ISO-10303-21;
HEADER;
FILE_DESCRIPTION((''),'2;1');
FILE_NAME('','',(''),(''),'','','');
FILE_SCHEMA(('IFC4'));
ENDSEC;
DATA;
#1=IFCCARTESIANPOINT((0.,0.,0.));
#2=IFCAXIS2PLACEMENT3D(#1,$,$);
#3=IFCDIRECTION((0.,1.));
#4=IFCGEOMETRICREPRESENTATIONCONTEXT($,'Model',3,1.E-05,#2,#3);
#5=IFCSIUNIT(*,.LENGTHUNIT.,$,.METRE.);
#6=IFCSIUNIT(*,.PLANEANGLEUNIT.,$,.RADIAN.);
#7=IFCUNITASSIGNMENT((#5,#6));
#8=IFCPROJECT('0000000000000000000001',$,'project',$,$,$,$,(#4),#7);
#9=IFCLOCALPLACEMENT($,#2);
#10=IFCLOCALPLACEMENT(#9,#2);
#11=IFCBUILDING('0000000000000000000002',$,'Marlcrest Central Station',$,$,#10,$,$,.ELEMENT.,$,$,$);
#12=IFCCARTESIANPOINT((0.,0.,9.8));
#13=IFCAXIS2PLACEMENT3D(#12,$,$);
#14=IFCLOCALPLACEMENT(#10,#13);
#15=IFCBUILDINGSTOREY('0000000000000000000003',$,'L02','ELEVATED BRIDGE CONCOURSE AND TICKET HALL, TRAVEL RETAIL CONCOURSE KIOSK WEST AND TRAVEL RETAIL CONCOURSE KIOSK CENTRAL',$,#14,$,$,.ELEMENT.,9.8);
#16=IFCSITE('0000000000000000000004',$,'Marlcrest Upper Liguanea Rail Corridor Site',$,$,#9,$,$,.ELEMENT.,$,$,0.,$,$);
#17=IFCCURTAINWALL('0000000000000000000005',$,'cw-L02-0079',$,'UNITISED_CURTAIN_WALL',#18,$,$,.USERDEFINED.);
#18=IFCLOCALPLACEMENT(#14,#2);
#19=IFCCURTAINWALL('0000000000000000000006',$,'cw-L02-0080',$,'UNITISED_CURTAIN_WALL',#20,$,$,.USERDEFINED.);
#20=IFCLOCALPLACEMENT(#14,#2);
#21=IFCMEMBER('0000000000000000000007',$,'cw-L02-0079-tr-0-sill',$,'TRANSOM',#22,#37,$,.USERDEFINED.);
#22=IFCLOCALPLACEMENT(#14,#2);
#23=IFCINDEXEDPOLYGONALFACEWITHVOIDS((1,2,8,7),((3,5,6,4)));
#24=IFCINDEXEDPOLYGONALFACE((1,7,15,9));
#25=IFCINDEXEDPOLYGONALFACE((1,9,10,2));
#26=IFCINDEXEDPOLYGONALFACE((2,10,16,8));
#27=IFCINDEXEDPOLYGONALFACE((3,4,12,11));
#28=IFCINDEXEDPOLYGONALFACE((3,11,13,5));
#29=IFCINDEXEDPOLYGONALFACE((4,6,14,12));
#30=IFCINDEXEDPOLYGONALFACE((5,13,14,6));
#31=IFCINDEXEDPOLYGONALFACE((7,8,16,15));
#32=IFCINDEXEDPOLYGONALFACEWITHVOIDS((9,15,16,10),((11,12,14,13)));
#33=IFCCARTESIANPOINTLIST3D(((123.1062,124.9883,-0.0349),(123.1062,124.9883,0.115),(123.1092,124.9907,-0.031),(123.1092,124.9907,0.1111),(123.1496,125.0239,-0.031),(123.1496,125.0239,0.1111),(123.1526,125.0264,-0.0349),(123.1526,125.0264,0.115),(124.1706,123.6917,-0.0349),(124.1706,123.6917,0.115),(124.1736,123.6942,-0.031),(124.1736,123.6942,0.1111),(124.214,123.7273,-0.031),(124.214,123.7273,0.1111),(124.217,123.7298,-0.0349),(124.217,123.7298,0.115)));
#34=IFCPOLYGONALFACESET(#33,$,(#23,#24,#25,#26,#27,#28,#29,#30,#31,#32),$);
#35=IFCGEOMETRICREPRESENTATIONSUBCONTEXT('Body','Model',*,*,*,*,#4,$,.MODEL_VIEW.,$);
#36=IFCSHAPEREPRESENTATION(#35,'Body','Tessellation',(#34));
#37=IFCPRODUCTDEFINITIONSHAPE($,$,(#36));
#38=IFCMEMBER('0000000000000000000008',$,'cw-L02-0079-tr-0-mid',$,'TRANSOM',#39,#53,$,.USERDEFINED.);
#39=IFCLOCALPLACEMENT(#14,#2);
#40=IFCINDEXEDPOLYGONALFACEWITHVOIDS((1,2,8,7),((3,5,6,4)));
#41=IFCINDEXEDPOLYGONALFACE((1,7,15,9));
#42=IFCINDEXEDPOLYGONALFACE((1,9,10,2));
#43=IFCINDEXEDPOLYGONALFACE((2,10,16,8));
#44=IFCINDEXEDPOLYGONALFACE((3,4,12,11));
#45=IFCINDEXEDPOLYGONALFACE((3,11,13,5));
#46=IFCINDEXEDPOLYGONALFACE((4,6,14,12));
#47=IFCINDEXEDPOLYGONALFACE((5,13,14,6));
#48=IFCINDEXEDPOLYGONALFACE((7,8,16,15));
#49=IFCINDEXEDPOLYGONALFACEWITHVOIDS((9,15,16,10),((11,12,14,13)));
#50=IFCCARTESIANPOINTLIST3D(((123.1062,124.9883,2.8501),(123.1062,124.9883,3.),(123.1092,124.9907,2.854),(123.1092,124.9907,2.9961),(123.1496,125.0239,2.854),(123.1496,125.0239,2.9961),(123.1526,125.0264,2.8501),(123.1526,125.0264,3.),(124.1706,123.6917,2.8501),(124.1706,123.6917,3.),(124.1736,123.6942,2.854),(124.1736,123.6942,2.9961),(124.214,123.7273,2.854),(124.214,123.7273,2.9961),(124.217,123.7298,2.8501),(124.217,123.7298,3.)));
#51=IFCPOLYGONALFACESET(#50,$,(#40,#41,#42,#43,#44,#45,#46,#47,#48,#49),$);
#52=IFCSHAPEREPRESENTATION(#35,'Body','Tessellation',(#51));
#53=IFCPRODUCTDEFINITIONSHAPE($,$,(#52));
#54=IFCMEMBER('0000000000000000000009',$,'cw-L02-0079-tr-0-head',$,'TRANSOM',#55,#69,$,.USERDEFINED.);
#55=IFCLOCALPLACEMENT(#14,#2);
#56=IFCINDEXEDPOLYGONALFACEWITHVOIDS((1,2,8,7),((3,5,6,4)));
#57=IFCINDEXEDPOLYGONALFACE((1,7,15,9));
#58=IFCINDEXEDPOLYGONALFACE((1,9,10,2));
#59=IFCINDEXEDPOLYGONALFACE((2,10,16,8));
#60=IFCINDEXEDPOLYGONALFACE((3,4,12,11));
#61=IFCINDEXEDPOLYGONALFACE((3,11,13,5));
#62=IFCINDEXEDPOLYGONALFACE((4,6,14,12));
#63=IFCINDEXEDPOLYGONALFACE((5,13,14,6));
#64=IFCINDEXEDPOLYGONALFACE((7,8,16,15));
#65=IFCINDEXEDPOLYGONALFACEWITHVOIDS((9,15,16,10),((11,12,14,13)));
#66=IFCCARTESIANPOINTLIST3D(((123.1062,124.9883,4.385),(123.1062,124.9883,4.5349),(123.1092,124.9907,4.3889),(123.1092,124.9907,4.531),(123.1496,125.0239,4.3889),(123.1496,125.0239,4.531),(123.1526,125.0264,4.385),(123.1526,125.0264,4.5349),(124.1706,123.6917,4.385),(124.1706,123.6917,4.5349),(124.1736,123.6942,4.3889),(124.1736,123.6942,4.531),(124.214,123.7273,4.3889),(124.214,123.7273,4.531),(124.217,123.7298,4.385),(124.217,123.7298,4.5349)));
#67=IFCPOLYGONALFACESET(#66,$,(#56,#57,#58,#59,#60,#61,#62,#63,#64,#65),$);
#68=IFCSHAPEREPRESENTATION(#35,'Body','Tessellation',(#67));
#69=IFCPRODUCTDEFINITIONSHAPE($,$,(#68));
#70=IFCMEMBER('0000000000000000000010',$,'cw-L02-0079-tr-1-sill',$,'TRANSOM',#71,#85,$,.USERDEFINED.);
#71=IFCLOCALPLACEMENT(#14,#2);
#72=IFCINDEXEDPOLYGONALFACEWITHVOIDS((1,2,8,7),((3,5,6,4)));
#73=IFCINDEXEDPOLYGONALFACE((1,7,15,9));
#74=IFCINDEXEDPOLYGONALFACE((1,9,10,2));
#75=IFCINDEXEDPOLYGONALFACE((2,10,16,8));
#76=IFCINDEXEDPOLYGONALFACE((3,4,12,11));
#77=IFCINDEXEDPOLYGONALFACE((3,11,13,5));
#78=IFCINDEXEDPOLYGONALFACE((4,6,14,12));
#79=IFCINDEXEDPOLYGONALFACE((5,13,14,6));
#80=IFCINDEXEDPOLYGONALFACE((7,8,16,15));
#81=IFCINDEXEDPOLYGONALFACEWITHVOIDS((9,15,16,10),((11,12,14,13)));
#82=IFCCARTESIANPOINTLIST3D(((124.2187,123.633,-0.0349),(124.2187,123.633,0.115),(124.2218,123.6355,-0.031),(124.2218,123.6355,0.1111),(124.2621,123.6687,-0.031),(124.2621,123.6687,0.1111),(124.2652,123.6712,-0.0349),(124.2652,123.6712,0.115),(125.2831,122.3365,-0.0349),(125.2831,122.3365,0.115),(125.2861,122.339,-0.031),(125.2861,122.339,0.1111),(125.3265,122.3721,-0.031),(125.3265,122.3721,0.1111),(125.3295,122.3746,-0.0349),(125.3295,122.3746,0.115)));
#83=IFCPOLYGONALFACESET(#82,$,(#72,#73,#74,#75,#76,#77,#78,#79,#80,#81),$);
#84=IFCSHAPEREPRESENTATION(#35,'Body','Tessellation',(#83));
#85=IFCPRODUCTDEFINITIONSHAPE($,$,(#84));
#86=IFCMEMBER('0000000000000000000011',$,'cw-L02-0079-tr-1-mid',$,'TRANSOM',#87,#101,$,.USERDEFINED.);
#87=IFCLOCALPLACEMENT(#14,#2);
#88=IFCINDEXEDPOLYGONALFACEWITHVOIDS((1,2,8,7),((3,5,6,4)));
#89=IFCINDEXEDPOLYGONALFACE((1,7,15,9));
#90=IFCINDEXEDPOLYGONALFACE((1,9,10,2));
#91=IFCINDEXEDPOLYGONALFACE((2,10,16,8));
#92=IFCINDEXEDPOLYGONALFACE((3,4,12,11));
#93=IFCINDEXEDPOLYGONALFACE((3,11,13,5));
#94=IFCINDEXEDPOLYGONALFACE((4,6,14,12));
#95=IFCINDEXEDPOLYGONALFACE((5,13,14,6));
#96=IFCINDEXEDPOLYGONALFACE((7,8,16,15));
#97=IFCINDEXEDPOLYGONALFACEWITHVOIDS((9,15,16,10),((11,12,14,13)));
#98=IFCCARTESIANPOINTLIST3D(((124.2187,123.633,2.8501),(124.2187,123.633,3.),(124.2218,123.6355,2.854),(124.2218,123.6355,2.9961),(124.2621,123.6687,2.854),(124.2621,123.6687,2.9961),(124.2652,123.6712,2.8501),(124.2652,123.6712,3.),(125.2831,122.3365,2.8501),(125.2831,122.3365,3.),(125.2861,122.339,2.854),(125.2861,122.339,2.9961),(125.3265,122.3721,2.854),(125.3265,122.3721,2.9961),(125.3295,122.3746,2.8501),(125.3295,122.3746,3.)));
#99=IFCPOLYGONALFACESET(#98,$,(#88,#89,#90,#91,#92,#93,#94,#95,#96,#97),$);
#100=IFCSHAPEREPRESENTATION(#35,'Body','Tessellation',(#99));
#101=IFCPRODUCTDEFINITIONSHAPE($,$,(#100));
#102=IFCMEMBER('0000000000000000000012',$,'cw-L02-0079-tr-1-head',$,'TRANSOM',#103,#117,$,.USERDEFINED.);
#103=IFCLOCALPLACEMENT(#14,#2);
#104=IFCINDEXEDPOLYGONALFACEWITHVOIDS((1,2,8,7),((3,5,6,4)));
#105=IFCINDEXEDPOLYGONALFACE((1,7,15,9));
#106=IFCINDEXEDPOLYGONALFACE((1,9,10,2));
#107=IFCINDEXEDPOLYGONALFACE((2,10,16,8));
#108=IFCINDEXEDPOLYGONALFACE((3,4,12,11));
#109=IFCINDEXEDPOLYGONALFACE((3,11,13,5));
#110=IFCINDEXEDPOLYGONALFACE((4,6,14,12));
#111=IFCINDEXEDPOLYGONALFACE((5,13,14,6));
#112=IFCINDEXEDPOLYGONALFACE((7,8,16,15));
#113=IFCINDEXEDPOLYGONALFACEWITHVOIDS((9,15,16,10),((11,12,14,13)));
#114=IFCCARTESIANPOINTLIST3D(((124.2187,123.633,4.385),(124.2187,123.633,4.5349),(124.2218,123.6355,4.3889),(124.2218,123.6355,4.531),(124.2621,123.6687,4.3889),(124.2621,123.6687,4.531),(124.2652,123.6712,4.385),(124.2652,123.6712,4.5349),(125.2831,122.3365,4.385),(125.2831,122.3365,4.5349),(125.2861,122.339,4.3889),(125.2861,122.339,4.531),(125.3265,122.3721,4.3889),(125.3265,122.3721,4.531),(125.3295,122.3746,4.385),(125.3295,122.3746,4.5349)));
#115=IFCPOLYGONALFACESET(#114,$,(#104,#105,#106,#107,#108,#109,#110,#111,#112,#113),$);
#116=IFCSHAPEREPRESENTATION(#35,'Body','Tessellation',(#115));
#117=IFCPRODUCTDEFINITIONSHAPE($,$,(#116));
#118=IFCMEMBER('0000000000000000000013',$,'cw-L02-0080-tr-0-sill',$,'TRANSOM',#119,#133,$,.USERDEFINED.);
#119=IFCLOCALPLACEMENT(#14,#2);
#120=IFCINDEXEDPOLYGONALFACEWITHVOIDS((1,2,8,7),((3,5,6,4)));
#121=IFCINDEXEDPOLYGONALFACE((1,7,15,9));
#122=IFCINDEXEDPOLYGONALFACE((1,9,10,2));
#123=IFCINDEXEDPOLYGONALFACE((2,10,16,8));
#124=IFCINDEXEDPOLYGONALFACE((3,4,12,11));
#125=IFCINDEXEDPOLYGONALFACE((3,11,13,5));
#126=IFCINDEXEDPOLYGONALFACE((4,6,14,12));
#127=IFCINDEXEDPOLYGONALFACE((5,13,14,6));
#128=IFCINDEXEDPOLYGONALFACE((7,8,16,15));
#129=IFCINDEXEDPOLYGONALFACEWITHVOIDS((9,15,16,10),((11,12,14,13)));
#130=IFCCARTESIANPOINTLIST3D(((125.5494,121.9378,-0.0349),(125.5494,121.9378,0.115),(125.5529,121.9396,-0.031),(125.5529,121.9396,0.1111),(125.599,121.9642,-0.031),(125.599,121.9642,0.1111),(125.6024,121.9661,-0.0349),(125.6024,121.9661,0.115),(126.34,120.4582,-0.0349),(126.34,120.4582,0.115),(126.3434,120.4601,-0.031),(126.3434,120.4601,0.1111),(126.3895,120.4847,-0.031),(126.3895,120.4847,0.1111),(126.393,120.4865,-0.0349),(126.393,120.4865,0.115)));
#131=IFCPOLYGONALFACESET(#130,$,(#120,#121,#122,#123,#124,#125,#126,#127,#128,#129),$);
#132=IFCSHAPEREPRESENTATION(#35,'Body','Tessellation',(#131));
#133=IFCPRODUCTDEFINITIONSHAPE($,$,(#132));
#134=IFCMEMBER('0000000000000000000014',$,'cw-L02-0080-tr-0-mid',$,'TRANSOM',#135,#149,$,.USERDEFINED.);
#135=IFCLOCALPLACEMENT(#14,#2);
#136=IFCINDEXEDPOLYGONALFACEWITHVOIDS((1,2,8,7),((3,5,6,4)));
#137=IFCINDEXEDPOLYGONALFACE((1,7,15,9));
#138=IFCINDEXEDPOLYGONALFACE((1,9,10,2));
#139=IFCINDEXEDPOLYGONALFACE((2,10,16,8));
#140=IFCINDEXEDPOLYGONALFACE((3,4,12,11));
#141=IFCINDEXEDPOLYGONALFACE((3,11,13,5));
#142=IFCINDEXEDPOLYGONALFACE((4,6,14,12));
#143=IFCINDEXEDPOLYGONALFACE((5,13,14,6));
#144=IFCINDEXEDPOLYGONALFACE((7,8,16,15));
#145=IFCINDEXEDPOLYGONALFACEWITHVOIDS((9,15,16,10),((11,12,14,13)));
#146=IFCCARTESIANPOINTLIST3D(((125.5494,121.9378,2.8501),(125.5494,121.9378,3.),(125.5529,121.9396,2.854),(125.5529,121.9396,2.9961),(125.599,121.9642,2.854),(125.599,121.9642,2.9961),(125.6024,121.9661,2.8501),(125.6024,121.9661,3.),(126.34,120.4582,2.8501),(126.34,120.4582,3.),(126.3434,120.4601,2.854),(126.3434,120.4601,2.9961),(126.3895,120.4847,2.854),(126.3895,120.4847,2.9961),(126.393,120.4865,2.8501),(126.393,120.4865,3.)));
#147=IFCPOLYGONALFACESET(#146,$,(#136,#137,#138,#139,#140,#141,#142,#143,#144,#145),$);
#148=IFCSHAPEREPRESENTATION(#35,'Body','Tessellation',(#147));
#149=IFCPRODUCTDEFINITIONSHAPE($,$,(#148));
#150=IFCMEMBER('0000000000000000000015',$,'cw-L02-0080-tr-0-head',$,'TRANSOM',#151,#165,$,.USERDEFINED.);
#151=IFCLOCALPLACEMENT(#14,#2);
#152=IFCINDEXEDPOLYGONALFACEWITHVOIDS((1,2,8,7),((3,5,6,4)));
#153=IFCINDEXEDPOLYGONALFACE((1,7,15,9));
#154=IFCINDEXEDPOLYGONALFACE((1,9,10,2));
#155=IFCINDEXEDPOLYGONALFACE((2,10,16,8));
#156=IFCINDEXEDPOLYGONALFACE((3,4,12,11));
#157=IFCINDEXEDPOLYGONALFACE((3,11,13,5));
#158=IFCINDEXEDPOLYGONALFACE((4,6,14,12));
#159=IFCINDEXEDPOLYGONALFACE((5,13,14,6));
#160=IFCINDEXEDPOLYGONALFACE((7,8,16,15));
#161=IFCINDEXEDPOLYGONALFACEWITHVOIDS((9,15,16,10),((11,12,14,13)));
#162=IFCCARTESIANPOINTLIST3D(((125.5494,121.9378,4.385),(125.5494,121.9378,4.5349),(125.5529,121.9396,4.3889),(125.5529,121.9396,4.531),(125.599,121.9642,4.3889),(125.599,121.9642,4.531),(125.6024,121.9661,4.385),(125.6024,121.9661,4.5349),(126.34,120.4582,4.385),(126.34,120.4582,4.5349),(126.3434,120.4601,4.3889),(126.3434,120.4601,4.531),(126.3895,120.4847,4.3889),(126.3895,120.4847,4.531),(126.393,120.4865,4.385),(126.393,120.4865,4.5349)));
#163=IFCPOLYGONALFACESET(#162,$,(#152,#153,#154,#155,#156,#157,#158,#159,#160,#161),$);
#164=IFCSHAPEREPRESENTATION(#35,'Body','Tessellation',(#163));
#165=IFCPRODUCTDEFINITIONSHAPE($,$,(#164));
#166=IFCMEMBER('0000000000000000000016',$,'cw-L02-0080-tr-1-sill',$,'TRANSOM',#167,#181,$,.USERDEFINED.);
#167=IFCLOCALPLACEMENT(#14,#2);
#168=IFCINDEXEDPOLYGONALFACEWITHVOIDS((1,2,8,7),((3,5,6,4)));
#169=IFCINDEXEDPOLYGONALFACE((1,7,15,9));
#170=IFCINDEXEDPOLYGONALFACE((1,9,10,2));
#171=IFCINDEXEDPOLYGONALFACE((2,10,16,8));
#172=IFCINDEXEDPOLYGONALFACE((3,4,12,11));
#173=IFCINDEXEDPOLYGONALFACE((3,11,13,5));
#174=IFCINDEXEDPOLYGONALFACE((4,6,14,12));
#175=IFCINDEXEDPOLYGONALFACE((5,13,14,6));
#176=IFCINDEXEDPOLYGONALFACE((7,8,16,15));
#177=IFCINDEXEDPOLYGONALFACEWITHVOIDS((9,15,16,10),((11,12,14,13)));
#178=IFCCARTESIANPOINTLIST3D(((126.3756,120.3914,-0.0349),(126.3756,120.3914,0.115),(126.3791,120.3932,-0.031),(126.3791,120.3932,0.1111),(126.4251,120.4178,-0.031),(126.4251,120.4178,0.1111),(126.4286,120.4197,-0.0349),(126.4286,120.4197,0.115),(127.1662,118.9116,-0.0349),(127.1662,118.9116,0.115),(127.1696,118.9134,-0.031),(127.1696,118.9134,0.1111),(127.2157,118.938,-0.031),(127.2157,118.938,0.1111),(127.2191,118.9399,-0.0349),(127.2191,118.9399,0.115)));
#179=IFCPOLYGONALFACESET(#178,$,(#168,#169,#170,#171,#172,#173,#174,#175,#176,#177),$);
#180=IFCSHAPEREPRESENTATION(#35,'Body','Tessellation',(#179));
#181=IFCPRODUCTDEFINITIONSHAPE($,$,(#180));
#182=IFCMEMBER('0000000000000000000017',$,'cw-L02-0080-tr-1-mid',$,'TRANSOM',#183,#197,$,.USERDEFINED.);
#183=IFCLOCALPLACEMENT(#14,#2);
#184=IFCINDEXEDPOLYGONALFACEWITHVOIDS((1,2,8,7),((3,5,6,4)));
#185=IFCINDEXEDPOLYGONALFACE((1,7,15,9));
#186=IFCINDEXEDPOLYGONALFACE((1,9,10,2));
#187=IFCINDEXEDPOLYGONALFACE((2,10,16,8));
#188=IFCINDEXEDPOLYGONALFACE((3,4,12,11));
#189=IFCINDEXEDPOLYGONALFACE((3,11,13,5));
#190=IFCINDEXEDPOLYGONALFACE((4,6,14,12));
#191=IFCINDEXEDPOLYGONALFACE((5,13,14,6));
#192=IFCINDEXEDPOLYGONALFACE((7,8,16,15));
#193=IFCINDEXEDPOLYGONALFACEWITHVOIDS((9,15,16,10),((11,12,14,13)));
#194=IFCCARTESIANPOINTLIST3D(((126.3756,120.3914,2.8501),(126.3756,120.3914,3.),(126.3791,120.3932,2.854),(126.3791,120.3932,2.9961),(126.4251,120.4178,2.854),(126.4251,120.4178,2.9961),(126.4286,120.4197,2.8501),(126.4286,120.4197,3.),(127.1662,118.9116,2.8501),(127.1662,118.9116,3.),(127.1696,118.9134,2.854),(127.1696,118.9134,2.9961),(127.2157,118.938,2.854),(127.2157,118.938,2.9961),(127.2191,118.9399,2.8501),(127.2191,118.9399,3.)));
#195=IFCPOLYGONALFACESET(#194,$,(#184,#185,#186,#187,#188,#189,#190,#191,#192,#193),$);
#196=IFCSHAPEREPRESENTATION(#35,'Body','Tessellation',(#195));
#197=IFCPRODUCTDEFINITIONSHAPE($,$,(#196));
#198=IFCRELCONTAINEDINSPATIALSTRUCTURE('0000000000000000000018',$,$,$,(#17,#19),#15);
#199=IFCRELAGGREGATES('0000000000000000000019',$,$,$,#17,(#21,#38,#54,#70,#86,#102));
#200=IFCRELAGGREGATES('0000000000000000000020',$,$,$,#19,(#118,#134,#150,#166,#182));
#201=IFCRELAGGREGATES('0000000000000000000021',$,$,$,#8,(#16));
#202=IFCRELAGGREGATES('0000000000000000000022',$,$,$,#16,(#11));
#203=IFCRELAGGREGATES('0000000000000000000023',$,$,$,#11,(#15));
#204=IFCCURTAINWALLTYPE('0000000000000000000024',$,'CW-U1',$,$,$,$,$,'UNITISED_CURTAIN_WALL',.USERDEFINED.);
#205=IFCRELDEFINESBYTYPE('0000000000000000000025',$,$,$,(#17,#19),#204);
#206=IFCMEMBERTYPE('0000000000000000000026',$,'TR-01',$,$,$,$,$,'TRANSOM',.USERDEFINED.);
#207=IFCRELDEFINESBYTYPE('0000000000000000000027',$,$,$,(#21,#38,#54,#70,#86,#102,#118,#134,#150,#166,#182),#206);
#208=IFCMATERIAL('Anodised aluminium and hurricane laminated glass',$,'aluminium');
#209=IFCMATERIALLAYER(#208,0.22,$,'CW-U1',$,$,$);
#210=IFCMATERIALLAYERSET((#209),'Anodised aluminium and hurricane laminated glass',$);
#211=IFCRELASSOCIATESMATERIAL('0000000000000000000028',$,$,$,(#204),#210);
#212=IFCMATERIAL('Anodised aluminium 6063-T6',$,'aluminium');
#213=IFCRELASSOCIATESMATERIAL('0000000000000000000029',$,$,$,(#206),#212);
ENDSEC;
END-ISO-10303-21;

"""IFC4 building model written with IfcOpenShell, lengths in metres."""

from ifc_helpers import new_model, si_unit, direction, frame, origin, origin_2d, place, context, subcontext, project, spatial, hollow_rectangle, extrude, material, layer, layer_set, material_profile, profile_set, type_object, element, aggregate, save


model = new_model("IFC4")

# Units and contexts
model_context = context("Model", 3, precision=1e-05, world=origin(), true_north=direction((0.0, 1.0)))
body_context = subcontext(model_context, "Body", "Model", "MODEL_VIEW")
ifc_project = project(units=[si_unit("LENGTHUNIT", "METRE"), si_unit("PLANEANGLEUNIT", "RADIAN")], contexts=[model_context])

# Site, building, storey
site_placement = place(None, origin())
site = spatial("IfcSite", under=ifc_project, at=site_placement, Name="Marlcrest Upper Liguanea Rail Corridor Site", CompositionType="ELEMENT", RefElevation=0.0)
building_placement = place(site_placement, origin())
building = spatial("IfcBuilding", under=site, at=building_placement, Name="Marlcrest Central Station", CompositionType="ELEMENT")
storey_placement = place(building_placement, frame((0.0, 0.0, 9.8)))
storey = spatial("IfcBuildingStorey", under=building, at=storey_placement, Name="L02", Description="ELEVATED BRIDGE CONCOURSE AND TICKET HALL, TRAVEL RETAIL CONCOURSE KIOSK WEST AND TRAVEL RETAIL CONCOURSE KIOSK CENTRAL", CompositionType="ELEMENT", Elevation=9.8)

# Shared definitions
ifc_material_1 = material(Name="Anodised aluminium and hurricane laminated glass", Category="aluminium")
ifc_layer_1 = layer(ifc_material_1, 0.22, Name="CW-U1")
ifc_layer_set_1 = layer_set([ifc_layer_1], Name="Anodised aluminium and hurricane laminated glass")
curtain_wall_type = type_object("IfcCurtainWallType", Name="CW-U1", ElementType="UNITISED_CURTAIN_WALL", PredefinedType="USERDEFINED", material=ifc_layer_set_1)
ifc_material_2 = material(Name="Anodised aluminium 6063-T6", Category="aluminium")

# Curtain walls
curtain_wall_1_placement = place(storey_placement, origin())
curtain_wall_1 = element("IfcCurtainWall", 1, at=curtain_wall_1_placement, inside=storey, type_object=curtain_wall_type, Name="cw-L02-0079", ObjectType="UNITISED_CURTAIN_WALL", PredefinedType="USERDEFINED")
curtain_wall_2_placement = place(storey_placement, origin())
curtain_wall_2 = element("IfcCurtainWall", 2, at=curtain_wall_2_placement, inside=storey, type_object=curtain_wall_type, Name="cw-L02-0080", ObjectType="UNITISED_CURTAIN_WALL", PredefinedType="USERDEFINED")

# Members
ifc_material_profile_1 = material_profile(ifc_material_2, hollow_rectangle(XDim=0.0601, YDim=0.1499, WallThickness=0.0039, at=origin_2d()), Name="AA-RHS 150x60x4")
ifc_profile_set_1 = profile_set([ifc_material_profile_1], Name="Anodised aluminium 6063-T6")
member_type_1 = type_object("IfcMemberType", Name="TR-01", ElementType="TRANSOM", PredefinedType="USERDEFINED", material=ifc_profile_set_1)
member_1_placement = place(storey_placement, frame((123.1294, 125.0073, 0.04), z_axis=(0.634513, -0.772912, 0.0), x_axis=(0.772912, 0.634513, 0.0)))
member_1 = element("IfcMember", 3, at=member_1_placement, type_object=member_type_1, Name="cw-L02-0079-tr-0-sill", ObjectType="TRANSOM", PredefinedType="USERDEFINED", context=body_context, shape_type="SweptSolid", body=[
    extrude(hollow_rectangle(XDim=0.0601, YDim=0.1499, WallThickness=0.0039, at=origin_2d()), origin(), (0.0, 0.0, 1.0), 1.6775),
])
member_2_placement = place(storey_placement, frame((123.1294, 125.0073, 2.925), z_axis=(0.634513, -0.772912, 0.0), x_axis=(0.772912, 0.634513, 0.0)))
member_2 = element("IfcMember", 4, at=member_2_placement, type_object=member_type_1, Name="cw-L02-0079-tr-0-mid", ObjectType="TRANSOM", PredefinedType="USERDEFINED", context=body_context, shape_type="SweptSolid", body=[
    extrude(hollow_rectangle(XDim=0.0601, YDim=0.1499, WallThickness=0.0039, at=origin_2d()), origin(), (0.0, 0.0, 1.0), 1.6775),
])
member_3_placement = place(storey_placement, frame((123.1294, 125.0073, 4.46), z_axis=(0.634513, -0.772912, 0.0), x_axis=(0.772912, 0.634513, 0.0)))
member_3 = element("IfcMember", 5, at=member_3_placement, type_object=member_type_1, Name="cw-L02-0079-tr-0-head", ObjectType="TRANSOM", PredefinedType="USERDEFINED", context=body_context, shape_type="SweptSolid", body=[
    extrude(hollow_rectangle(XDim=0.0601, YDim=0.1499, WallThickness=0.0039, at=origin_2d()), origin(), (0.0, 0.0, 1.0), 1.6775),
])
member_4_placement = place(storey_placement, frame((124.2419, 123.6521, 0.04), z_axis=(0.634513, -0.772912, 0.0), x_axis=(0.772912, 0.634513, 0.0)))
member_4 = element("IfcMember", 6, at=member_4_placement, type_object=member_type_1, Name="cw-L02-0079-tr-1-sill", ObjectType="TRANSOM", PredefinedType="USERDEFINED", context=body_context, shape_type="SweptSolid", body=[
    extrude(hollow_rectangle(XDim=0.0601, YDim=0.1499, WallThickness=0.0039, at=origin_2d()), origin(), (0.0, 0.0, 1.0), 1.6775),
])
member_5_placement = place(storey_placement, frame((124.2419, 123.6521, 2.925), z_axis=(0.634513, -0.772912, 0.0), x_axis=(0.772912, 0.634513, 0.0)))
member_5 = element("IfcMember", 7, at=member_5_placement, type_object=member_type_1, Name="cw-L02-0079-tr-1-mid", ObjectType="TRANSOM", PredefinedType="USERDEFINED", context=body_context, shape_type="SweptSolid", body=[
    extrude(hollow_rectangle(XDim=0.0601, YDim=0.1499, WallThickness=0.0039, at=origin_2d()), origin(), (0.0, 0.0, 1.0), 1.6775),
])
member_6_placement = place(storey_placement, frame((124.2419, 123.6521, 4.46), z_axis=(0.634513, -0.772912, 0.0), x_axis=(0.772912, 0.634513, 0.0)))
member_6 = element("IfcMember", 8, at=member_6_placement, type_object=member_type_1, Name="cw-L02-0079-tr-1-head", ObjectType="TRANSOM", PredefinedType="USERDEFINED", context=body_context, shape_type="SweptSolid", body=[
    extrude(hollow_rectangle(XDim=0.0601, YDim=0.1499, WallThickness=0.0039, at=origin_2d()), origin(), (0.0, 0.0, 1.0), 1.6775),
])
member_7_placement = place(storey_placement, frame((125.5759, 121.9519, 0.04), z_axis=(0.471268, -0.88199, 0.0), x_axis=(0.88199, 0.471268, 0.0)))
member_7 = element("IfcMember", 9, at=member_7_placement, type_object=member_type_1, Name="cw-L02-0080-tr-0-sill", ObjectType="TRANSOM", PredefinedType="USERDEFINED", context=body_context, shape_type="SweptSolid", body=[
    extrude(hollow_rectangle(XDim=0.0601, YDim=0.1499, WallThickness=0.0039, at=origin_2d()), origin(), (0.0, 0.0, 1.0), 1.6775),
])
member_8_placement = place(storey_placement, frame((125.5759, 121.9519, 2.925), z_axis=(0.471268, -0.88199, 0.0), x_axis=(0.88199, 0.471268, 0.0)))
member_8 = element("IfcMember", 10, at=member_8_placement, type_object=member_type_1, Name="cw-L02-0080-tr-0-mid", ObjectType="TRANSOM", PredefinedType="USERDEFINED", context=body_context, shape_type="SweptSolid", body=[
    extrude(hollow_rectangle(XDim=0.0601, YDim=0.1499, WallThickness=0.0039, at=origin_2d()), origin(), (0.0, 0.0, 1.0), 1.6775),
])
member_9_placement = place(storey_placement, frame((125.5759, 121.9519, 4.46), z_axis=(0.471268, -0.88199, 0.0), x_axis=(0.88199, 0.471268, 0.0)))
member_9 = element("IfcMember", 11, at=member_9_placement, type_object=member_type_1, Name="cw-L02-0080-tr-0-head", ObjectType="TRANSOM", PredefinedType="USERDEFINED", context=body_context, shape_type="SweptSolid", body=[
    extrude(hollow_rectangle(XDim=0.0601, YDim=0.1499, WallThickness=0.0039, at=origin_2d()), origin(), (0.0, 0.0, 1.0), 1.6775),
])
member_10_placement = place(storey_placement, frame((126.4021, 120.4055, 0.04), z_axis=(0.471207, -0.882022, 0.0), x_axis=(0.882022, 0.471207, 0.0)))
member_10 = element("IfcMember", 12, at=member_10_placement, type_object=member_type_1, Name="cw-L02-0080-tr-1-sill", ObjectType="TRANSOM", PredefinedType="USERDEFINED", context=body_context, shape_type="SweptSolid", body=[
    extrude(hollow_rectangle(XDim=0.0601, YDim=0.1499, WallThickness=0.0039, at=origin_2d()), origin(), (0.0, 0.0, 1.0), 1.6777),
])
member_11_placement = place(storey_placement, frame((126.4021, 120.4055, 2.925), z_axis=(0.471207, -0.882022, 0.0), x_axis=(0.882022, 0.471207, 0.0)))
member_11 = element("IfcMember", 13, at=member_11_placement, type_object=member_type_1, Name="cw-L02-0080-tr-1-mid", ObjectType="TRANSOM", PredefinedType="USERDEFINED", context=body_context, shape_type="SweptSolid", body=[
    extrude(hollow_rectangle(XDim=0.0601, YDim=0.1499, WallThickness=0.0039, at=origin_2d()), origin(), (0.0, 0.0, 1.0), 1.6777),
])

aggregate(curtain_wall_1, [member_1, member_2, member_3, member_4, member_5, member_6])
aggregate(curtain_wall_2, [member_7, member_8, member_9, member_10, member_11])

save(model, "model.ifc")
